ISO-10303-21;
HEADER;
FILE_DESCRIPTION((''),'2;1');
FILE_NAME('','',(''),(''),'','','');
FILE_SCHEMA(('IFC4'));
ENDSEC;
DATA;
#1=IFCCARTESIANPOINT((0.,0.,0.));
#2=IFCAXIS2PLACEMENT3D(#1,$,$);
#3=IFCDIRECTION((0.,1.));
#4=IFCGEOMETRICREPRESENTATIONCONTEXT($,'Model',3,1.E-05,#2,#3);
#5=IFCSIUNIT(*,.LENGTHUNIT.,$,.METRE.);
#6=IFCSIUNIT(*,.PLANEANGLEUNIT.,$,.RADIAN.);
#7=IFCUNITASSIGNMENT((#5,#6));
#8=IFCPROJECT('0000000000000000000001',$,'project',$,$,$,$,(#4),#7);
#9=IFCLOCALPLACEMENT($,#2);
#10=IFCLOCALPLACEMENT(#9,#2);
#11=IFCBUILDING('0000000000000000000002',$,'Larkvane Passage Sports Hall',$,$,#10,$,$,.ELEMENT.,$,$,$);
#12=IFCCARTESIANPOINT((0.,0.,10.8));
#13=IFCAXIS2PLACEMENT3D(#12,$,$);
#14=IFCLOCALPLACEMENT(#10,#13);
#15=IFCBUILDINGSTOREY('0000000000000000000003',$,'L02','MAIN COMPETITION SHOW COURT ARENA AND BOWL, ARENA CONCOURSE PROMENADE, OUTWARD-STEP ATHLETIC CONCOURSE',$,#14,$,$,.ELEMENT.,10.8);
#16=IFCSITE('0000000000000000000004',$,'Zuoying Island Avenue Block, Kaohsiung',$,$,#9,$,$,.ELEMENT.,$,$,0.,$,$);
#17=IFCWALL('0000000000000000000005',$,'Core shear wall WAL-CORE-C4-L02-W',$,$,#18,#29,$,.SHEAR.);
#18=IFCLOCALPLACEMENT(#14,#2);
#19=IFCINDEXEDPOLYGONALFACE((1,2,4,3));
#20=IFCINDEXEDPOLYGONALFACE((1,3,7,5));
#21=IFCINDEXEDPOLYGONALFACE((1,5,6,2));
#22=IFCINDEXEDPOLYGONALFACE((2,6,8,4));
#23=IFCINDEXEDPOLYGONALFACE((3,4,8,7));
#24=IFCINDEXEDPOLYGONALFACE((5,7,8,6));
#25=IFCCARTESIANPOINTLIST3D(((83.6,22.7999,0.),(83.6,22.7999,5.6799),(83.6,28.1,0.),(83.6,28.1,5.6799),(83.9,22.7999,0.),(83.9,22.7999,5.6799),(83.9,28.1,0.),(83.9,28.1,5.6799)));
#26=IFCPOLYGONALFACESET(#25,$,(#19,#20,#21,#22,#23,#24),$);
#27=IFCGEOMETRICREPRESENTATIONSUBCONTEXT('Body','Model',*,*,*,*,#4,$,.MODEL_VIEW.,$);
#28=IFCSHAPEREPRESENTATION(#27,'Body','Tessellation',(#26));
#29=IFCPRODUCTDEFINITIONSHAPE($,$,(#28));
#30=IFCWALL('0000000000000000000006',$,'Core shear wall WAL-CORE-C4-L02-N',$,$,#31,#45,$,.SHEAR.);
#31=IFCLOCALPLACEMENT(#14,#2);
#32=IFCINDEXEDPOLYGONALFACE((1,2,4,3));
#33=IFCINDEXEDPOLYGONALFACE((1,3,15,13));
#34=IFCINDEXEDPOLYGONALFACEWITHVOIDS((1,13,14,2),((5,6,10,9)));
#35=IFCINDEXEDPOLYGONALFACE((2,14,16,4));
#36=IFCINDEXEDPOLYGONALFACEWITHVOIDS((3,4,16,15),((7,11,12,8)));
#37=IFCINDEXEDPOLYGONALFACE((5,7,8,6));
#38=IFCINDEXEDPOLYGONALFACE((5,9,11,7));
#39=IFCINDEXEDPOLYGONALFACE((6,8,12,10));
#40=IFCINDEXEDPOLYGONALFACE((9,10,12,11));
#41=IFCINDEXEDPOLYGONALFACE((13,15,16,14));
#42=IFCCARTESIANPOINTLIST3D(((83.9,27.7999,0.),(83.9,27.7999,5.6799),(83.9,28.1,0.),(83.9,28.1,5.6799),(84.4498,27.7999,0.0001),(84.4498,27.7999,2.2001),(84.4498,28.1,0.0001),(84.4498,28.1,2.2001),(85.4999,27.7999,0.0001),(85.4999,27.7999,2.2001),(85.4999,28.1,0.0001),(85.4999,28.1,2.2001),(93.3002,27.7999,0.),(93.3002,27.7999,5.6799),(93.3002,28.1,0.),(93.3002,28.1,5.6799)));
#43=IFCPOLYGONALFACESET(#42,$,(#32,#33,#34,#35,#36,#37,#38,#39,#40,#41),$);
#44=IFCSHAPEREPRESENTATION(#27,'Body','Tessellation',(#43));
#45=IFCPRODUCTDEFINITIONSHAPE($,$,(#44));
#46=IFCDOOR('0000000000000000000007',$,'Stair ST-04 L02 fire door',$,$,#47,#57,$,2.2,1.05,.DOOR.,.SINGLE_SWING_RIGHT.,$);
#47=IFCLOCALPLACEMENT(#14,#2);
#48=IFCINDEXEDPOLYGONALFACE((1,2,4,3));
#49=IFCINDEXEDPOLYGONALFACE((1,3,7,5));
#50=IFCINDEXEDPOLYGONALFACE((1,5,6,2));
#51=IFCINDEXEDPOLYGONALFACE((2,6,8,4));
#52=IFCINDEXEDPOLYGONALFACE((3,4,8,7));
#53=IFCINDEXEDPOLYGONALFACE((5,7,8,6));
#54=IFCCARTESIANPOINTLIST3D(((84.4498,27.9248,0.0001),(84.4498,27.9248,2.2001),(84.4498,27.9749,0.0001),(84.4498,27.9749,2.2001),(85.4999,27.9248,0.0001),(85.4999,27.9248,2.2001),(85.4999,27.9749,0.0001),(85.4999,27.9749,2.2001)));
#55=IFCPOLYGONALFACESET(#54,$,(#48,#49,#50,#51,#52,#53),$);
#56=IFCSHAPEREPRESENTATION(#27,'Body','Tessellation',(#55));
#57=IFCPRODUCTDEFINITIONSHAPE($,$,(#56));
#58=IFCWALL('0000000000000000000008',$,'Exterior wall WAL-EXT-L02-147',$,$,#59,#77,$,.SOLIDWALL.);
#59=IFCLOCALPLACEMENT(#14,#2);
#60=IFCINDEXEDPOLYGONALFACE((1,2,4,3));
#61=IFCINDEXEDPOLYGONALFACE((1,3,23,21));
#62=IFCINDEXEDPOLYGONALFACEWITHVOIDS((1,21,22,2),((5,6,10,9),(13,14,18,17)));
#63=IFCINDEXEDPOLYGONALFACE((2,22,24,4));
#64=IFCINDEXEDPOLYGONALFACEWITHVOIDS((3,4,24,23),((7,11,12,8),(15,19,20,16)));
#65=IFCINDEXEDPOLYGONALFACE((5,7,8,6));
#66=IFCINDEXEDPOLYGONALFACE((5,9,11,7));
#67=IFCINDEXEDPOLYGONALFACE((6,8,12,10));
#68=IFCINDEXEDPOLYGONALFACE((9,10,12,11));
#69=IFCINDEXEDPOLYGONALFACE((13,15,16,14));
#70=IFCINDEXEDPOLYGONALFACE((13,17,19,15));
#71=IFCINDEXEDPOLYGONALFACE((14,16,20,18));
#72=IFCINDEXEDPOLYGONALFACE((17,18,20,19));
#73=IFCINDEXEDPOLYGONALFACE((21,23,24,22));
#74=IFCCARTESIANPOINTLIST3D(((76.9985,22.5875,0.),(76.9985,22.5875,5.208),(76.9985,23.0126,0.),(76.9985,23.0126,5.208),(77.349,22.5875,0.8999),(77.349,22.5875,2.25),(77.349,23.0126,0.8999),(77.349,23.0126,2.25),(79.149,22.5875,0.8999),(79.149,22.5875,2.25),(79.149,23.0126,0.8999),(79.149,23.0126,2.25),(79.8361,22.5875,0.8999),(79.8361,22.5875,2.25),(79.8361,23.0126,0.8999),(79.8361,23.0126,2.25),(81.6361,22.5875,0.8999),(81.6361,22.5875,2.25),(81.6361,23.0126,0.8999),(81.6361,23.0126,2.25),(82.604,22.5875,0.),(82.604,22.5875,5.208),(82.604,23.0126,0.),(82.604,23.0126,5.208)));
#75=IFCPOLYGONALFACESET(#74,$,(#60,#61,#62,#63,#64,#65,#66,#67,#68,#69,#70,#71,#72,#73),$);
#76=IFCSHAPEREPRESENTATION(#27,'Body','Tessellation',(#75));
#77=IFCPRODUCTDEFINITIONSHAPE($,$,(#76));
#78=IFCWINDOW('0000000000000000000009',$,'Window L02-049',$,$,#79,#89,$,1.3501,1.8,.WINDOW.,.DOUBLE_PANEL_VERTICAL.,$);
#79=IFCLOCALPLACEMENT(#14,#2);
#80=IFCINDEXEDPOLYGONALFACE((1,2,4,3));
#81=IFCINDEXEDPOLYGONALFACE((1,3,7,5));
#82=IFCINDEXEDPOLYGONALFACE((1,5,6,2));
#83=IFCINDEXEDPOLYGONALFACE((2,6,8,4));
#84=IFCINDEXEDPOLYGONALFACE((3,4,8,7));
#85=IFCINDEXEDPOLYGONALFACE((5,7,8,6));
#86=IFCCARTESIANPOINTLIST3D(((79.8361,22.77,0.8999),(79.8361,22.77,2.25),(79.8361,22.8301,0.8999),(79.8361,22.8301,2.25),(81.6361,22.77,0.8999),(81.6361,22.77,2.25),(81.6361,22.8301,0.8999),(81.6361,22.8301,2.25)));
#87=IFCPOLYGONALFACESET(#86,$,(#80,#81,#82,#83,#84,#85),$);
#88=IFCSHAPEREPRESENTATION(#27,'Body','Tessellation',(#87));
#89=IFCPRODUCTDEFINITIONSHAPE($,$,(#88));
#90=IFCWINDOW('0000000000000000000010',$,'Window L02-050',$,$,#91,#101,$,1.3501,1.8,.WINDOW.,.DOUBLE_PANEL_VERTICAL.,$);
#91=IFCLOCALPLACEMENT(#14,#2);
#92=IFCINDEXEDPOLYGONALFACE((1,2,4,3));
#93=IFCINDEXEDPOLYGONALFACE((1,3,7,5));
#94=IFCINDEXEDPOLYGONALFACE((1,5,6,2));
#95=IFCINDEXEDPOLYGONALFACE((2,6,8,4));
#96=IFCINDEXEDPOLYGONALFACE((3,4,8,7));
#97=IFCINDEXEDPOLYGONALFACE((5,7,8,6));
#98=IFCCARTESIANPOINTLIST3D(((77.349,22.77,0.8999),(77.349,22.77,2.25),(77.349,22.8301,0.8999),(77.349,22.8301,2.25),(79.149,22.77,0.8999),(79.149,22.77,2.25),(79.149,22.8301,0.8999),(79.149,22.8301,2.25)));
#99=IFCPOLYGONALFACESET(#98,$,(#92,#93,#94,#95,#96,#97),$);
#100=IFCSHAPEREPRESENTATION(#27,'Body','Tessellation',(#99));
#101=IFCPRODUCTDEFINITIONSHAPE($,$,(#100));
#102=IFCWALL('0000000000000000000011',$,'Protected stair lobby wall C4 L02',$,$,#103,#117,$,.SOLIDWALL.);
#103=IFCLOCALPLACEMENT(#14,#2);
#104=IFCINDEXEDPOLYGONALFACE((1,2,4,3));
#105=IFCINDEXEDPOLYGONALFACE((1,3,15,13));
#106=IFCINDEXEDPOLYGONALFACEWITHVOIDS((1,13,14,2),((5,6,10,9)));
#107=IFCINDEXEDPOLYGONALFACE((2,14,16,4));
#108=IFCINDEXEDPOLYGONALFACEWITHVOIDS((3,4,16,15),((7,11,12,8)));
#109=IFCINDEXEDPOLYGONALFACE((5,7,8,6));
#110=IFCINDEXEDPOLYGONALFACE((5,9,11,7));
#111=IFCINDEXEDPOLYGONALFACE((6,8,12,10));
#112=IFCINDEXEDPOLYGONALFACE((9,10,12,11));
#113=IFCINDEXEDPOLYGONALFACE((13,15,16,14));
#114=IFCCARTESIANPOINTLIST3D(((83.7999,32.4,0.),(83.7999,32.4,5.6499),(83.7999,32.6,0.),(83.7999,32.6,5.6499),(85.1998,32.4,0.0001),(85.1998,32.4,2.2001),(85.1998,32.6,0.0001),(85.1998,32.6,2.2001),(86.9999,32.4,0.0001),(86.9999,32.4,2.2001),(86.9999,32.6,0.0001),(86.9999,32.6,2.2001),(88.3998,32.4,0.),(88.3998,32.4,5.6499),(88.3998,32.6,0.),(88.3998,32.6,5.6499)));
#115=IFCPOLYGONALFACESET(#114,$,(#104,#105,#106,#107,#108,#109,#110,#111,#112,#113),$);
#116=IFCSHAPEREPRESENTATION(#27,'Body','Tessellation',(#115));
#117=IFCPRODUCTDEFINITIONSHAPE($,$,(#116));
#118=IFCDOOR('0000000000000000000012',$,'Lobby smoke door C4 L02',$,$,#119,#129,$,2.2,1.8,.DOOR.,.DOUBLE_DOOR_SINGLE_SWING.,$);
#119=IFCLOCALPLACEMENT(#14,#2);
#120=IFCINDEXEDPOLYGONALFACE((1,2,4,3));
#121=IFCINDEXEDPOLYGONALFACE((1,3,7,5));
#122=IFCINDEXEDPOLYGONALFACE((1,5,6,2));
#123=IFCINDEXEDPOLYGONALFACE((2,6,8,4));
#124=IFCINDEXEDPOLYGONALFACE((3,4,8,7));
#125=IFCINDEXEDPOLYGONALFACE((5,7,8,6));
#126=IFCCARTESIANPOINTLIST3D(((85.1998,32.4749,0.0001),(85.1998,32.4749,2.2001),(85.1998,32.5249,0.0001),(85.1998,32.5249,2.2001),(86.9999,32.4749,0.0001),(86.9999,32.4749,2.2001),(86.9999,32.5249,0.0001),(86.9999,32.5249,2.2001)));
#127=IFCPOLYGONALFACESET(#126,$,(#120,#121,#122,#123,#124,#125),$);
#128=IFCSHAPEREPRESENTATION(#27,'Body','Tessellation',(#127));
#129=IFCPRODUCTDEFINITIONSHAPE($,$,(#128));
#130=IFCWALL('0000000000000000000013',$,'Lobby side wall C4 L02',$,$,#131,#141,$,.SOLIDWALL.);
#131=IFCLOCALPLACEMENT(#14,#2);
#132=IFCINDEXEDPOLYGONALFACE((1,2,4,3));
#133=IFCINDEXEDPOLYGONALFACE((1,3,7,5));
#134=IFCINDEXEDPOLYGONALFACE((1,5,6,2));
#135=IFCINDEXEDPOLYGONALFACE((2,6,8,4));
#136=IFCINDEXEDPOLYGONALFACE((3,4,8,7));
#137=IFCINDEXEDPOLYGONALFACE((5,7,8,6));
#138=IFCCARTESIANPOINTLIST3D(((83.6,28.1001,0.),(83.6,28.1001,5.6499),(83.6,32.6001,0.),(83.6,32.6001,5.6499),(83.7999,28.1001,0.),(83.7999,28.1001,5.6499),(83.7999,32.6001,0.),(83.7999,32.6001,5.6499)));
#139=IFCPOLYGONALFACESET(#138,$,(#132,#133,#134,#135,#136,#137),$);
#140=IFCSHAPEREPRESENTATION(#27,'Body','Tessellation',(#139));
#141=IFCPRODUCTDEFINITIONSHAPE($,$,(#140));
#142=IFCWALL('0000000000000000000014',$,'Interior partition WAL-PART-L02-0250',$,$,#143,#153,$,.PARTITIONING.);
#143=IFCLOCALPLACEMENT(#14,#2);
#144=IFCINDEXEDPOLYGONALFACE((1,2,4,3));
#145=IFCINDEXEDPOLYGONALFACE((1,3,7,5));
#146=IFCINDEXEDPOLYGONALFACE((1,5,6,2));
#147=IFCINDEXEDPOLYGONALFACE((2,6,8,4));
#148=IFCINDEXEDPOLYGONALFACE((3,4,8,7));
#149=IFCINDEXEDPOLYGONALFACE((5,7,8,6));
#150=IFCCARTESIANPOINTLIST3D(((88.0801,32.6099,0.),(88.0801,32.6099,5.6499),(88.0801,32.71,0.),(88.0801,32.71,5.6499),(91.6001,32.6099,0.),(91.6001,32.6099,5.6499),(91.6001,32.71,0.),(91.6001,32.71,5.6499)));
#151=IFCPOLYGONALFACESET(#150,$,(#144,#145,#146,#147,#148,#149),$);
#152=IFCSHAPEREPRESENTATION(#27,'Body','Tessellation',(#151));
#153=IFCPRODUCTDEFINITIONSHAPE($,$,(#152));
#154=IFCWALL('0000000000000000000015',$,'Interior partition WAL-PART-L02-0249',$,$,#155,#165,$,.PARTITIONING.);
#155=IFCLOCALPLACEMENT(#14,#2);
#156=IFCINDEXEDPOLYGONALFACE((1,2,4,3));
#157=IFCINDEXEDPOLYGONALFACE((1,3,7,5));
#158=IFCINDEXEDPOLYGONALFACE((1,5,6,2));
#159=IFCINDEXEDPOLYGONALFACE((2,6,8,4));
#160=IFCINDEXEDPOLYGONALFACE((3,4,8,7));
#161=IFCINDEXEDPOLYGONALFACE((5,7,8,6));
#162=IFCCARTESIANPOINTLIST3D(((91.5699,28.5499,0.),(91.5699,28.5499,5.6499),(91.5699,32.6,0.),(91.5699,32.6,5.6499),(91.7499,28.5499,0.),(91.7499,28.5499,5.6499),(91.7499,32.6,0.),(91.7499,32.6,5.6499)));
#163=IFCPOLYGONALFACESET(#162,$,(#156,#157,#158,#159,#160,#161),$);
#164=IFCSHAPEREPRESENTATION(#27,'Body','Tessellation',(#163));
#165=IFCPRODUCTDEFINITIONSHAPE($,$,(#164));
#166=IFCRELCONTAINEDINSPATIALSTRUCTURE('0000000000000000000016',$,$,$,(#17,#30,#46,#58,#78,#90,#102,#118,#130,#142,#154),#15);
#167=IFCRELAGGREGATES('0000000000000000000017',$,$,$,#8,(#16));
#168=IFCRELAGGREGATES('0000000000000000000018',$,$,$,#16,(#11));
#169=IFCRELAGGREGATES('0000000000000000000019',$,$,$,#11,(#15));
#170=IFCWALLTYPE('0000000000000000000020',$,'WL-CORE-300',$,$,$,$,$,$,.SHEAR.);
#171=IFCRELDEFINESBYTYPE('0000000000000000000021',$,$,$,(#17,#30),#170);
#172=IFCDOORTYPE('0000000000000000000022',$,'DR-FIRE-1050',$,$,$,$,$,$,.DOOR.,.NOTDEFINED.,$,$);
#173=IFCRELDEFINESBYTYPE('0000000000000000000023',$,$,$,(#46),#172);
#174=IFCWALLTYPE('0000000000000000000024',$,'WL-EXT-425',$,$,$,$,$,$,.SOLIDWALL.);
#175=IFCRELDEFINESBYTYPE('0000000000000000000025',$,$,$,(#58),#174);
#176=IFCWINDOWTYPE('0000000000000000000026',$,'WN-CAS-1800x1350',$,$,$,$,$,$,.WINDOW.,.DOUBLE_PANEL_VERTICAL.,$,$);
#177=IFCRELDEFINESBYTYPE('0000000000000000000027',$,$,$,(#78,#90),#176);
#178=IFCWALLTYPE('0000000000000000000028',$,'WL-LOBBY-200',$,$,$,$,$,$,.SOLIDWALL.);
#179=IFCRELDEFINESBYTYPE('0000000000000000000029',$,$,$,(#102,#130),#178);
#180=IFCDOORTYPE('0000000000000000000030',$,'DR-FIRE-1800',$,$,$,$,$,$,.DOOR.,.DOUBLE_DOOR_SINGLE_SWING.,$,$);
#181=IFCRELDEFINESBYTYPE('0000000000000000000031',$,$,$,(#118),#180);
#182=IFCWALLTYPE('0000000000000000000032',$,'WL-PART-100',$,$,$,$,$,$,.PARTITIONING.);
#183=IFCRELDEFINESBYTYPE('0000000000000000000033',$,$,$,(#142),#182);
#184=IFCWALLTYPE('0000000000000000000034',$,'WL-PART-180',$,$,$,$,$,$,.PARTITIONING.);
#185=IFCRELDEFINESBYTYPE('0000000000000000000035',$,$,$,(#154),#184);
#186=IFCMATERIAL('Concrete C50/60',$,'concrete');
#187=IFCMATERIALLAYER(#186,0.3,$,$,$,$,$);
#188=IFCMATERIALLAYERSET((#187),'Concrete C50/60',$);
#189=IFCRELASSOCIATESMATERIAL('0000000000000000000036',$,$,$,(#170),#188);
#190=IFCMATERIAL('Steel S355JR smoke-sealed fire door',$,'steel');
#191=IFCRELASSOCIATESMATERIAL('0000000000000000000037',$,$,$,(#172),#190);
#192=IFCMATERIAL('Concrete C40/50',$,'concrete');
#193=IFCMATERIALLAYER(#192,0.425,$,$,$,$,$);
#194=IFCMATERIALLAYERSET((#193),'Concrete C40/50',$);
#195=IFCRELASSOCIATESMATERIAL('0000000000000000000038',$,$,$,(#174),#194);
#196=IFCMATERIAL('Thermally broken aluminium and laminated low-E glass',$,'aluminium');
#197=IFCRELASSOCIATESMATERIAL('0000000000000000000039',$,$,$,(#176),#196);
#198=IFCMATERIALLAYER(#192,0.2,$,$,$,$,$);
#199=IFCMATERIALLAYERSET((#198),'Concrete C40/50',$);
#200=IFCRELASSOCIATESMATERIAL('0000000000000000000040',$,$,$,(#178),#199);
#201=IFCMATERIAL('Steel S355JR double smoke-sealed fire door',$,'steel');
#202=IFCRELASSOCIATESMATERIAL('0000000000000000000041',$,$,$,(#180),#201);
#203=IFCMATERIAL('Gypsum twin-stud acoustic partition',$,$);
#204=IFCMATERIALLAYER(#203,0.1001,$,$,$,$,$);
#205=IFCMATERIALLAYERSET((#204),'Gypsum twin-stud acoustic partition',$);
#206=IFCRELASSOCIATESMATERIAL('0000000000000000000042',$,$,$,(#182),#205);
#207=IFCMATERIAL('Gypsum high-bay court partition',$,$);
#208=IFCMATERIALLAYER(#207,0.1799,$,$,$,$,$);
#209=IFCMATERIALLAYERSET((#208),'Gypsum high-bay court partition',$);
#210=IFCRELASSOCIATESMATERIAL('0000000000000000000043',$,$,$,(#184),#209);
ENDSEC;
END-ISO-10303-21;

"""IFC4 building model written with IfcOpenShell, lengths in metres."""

from ifc_helpers import new_model, si_unit, direction, frame, frame_2d, origin, place, context, subcontext, project, spatial, rectangle, extrude, material, layer, layer_set, type_object, element, fill, save


model = new_model("IFC4")

# Units and contexts
model_context = context("Model", 3, precision=1e-05, world=origin(), true_north=direction((0.0, 1.0)))
body_context = subcontext(model_context, "Body", "Model", "MODEL_VIEW")
ifc_project = project(units=[si_unit("LENGTHUNIT", "METRE"), si_unit("PLANEANGLEUNIT", "RADIAN")], contexts=[model_context])

# Site, building, storey
site_placement = place(None, origin())
site = spatial("IfcSite", under=ifc_project, at=site_placement, Name="Zuoying Island Avenue Block, Kaohsiung", CompositionType="ELEMENT", RefElevation=0.0)
building_placement = place(site_placement, origin())
building = spatial("IfcBuilding", under=site, at=building_placement, Name="Larkvane Passage Sports Hall", CompositionType="ELEMENT")
storey_placement = place(building_placement, frame((0.0, 0.0, 10.8)))
storey = spatial("IfcBuildingStorey", under=building, at=storey_placement, Name="L02", Description="MAIN COMPETITION SHOW COURT ARENA AND BOWL, ARENA CONCOURSE PROMENADE, OUTWARD-STEP ATHLETIC CONCOURSE", CompositionType="ELEMENT", Elevation=10.8)

# Shared definitions
ifc_material_1 = material(Name="Concrete C50/60", Category="concrete")

# Wall
ifc_layer_1 = layer(ifc_material_1, 0.3)
ifc_layer_set_1 = layer_set([ifc_layer_1], Name="Concrete C50/60")
wall_type_1 = type_object("IfcWallType", Name="WL-CORE-300", PredefinedType="SHEAR", material=ifc_layer_set_1)
wall_1_placement = place(storey_placement, frame((83.75, 22.8, 0.0), z_axis=(0.0, 0.0, 1.0), x_axis=(0.0, 1.0, 0.0)))
element("IfcWall", 1, at=wall_1_placement, inside=storey, type_object=wall_type_1, Name="Core shear wall WAL-CORE-C4-L02-W", PredefinedType="SHEAR", context=body_context, shape_type="SweptSolid", body=[
    extrude(rectangle(XDim=5.3, YDim=0.3, at=frame_2d((2.6499, 0.0))), origin(), (0.0, 0.0, 1.0), 5.6799),
])

# Wall, opening, door
wall_2_placement = place(storey_placement, frame((83.8999, 27.95, 0.0), z_axis=(0.0, 0.0, 1.0), x_axis=(1.0, 0.0, 0.0)))
wall_2 = element("IfcWall", 2, at=wall_2_placement, inside=storey, type_object=wall_type_1, Name="Core shear wall WAL-CORE-C4-L02-N", PredefinedType="SHEAR", context=body_context, shape_type="SweptSolid", body=[
    extrude(rectangle(XDim=9.4001, YDim=0.3, at=frame_2d((4.7002, 0.0))), origin(), (0.0, 0.0, 1.0), 5.6799),
])
opening_1_placement = place(wall_2_placement, frame((0.55, 0.0, 0.0)))
opening_1 = element("IfcOpeningElement", 3, at=opening_1_placement, cuts=wall_2, PredefinedType="OPENING", context=body_context, shape_type="SweptSolid", body=[
    extrude(rectangle(XDim=1.05, YDim=2.2, at=frame_2d((0.5249, 1.1001))), frame((0.0, 0.1599, 0.0), z_axis=(0.0, -1.0, 0.0), x_axis=(1.0, 0.0, 0.0)), (0.0, 0.0, 1.0), 0.3201),
])
ifc_material_2 = material(Name="Steel S355JR smoke-sealed fire door", Category="steel")
door_type_1 = type_object("IfcDoorType", Name="DR-FIRE-1050", OperationType="NOTDEFINED", PredefinedType="DOOR", material=ifc_material_2)
door_1_placement = place(opening_1_placement, origin())
door_1 = element("IfcDoor", 4, at=door_1_placement, inside=storey, type_object=door_type_1, Name="Stair ST-04 L02 fire door", OperationType="SINGLE_SWING_RIGHT", OverallHeight=2.2, OverallWidth=1.05, PredefinedType="DOOR", context=body_context, shape_type="SweptSolid", body=[
    extrude(rectangle(XDim=1.05, YDim=2.2, at=frame_2d((0.5249, 1.1001))), frame((0.0, 0.0249, 0.0), z_axis=(0.0, -1.0, 0.0), x_axis=(1.0, 0.0, 0.0)), (0.0, 0.0, 1.0), 0.05),
])
fill(opening_1, door_1)

# Wall, openings, windows
ifc_material_3 = material(Name="Concrete C40/50", Category="concrete")
ifc_layer_2 = layer(ifc_material_3, 0.425)
ifc_layer_set_2 = layer_set([ifc_layer_2], Name="Concrete C40/50")
wall_type_2 = type_object("IfcWallType", Name="WL-EXT-425", PredefinedType="SOLIDWALL", material=ifc_layer_set_2)
wall_3_placement = place(storey_placement, frame((82.604, 22.8, 0.0), z_axis=(0.0, 0.0, 1.0), x_axis=(-1.0, 0.0, 0.0)))
wall_3 = element("IfcWall", 5, at=wall_3_placement, inside=storey, type_object=wall_type_2, Name="Exterior wall WAL-EXT-L02-147", PredefinedType="SOLIDWALL", context=body_context, shape_type="SweptSolid", body=[
    extrude(rectangle(XDim=5.6055, YDim=0.425, at=frame_2d((2.8027, 0.0))), origin(), (0.0, 0.0, 1.0), 5.208),
])
opening_2_placement = place(wall_3_placement, frame((0.968, 0.0, 0.8999)))
opening_2 = element("IfcOpeningElement", 6, at=opening_2_placement, cuts=wall_3, PredefinedType="OPENING", context=body_context, shape_type="SweptSolid", body=[
    extrude(rectangle(XDim=1.8, YDim=1.3501, at=frame_2d((0.8999, 0.675))), frame((0.0, 0.2224, 0.0), z_axis=(0.0, -1.0, 0.0), x_axis=(1.0, 0.0, 0.0)), (0.0, 0.0, 1.0), 0.4451),
])
opening_3_placement = place(wall_3_placement, frame((3.4551, 0.0, 0.8999)))
opening_3 = element("IfcOpeningElement", 7, at=opening_3_placement, cuts=wall_3, PredefinedType="OPENING", context=body_context, shape_type="SweptSolid", body=[
    extrude(rectangle(XDim=1.8, YDim=1.3501, at=frame_2d((0.8999, 0.675))), frame((0.0, 0.2224, 0.0), z_axis=(0.0, -1.0, 0.0), x_axis=(1.0, 0.0, 0.0)), (0.0, 0.0, 1.0), 0.4451),
])
ifc_material_4 = material(Name="Thermally broken aluminium and laminated low-E glass", Category="aluminium")
window_type = type_object("IfcWindowType", Name="WN-CAS-1800x1350", PartitioningType="DOUBLE_PANEL_VERTICAL", PredefinedType="WINDOW", material=ifc_material_4)
window_1_placement = place(opening_2_placement, origin())
window_1 = element("IfcWindow", 8, at=window_1_placement, inside=storey, type_object=window_type, Name="Window L02-049", OverallHeight=1.3501, OverallWidth=1.8, PartitioningType="DOUBLE_PANEL_VERTICAL", PredefinedType="WINDOW", context=body_context, shape_type="SweptSolid", body=[
    extrude(rectangle(XDim=1.8, YDim=1.3501, at=frame_2d((0.8999, 0.675))), frame((0.0, 0.03, 0.0), z_axis=(0.0, -1.0, 0.0), x_axis=(1.0, 0.0, 0.0)), (0.0, 0.0, 1.0), 0.0601),
])
fill(opening_2, window_1)
window_2_placement = place(opening_3_placement, origin())
window_2 = element("IfcWindow", 9, at=window_2_placement, inside=storey, type_object=window_type, Name="Window L02-050", OverallHeight=1.3501, OverallWidth=1.8, PartitioningType="DOUBLE_PANEL_VERTICAL", PredefinedType="WINDOW", context=body_context, shape_type="SweptSolid", body=[
    extrude(rectangle(XDim=1.8, YDim=1.3501, at=frame_2d((0.8999, 0.675))), frame((0.0, 0.03, 0.0), z_axis=(0.0, -1.0, 0.0), x_axis=(1.0, 0.0, 0.0)), (0.0, 0.0, 1.0), 0.0601),
])
fill(opening_3, window_2)

# Wall, opening, door
ifc_layer_3 = layer(ifc_material_3, 0.2)
ifc_layer_set_3 = layer_set([ifc_layer_3], Name="Concrete C40/50")
wall_type_3 = type_object("IfcWallType", Name="WL-LOBBY-200", PredefinedType="SOLIDWALL", material=ifc_layer_set_3)
wall_4_placement = place(storey_placement, frame((83.8, 32.5, 0.0), z_axis=(0.0, 0.0, 1.0), x_axis=(1.0, 0.0, 0.0)))
wall_4 = element("IfcWall", 10, at=wall_4_placement, inside=storey, type_object=wall_type_3, Name="Protected stair lobby wall C4 L02", PredefinedType="SOLIDWALL", context=body_context, shape_type="SweptSolid", body=[
    extrude(rectangle(XDim=4.5999, YDim=0.2, at=frame_2d((2.2998, 0.0))), origin(), (0.0, 0.0, 1.0), 5.6499),
])
opening_4_placement = place(wall_4_placement, frame((1.3999, 0.0, 0.0)))
opening_4 = element("IfcOpeningElement", 11, at=opening_4_placement, cuts=wall_4, PredefinedType="OPENING", context=body_context, shape_type="SweptSolid", body=[
    extrude(rectangle(XDim=1.8, YDim=2.2, at=frame_2d((0.8999, 1.1001))), frame((0.0, 0.1099, 0.0), z_axis=(0.0, -1.0, 0.0), x_axis=(1.0, 0.0, 0.0)), (0.0, 0.0, 1.0), 0.22),
])
ifc_material_5 = material(Name="Steel S355JR double smoke-sealed fire door", Category="steel")
door_type_2 = type_object("IfcDoorType", Name="DR-FIRE-1800", OperationType="DOUBLE_DOOR_SINGLE_SWING", PredefinedType="DOOR", material=ifc_material_5)
door_2_placement = place(opening_4_placement, origin())
door_2 = element("IfcDoor", 12, at=door_2_placement, inside=storey, type_object=door_type_2, Name="Lobby smoke door C4 L02", OperationType="DOUBLE_DOOR_SINGLE_SWING", OverallHeight=2.2, OverallWidth=1.8, PredefinedType="DOOR", context=body_context, shape_type="SweptSolid", body=[
    extrude(rectangle(XDim=1.8, YDim=2.2, at=frame_2d((0.8999, 1.1001))), frame((0.0, 0.0249, 0.0), z_axis=(0.0, -1.0, 0.0), x_axis=(1.0, 0.0, 0.0)), (0.0, 0.0, 1.0), 0.05),
])
fill(opening_4, door_2)

# Walls
wall_5_placement = place(storey_placement, frame((83.7, 28.1001, 0.0), z_axis=(0.0, 0.0, 1.0), x_axis=(0.0, 1.0, 0.0)))
element("IfcWall", 13, at=wall_5_placement, inside=storey, type_object=wall_type_3, Name="Lobby side wall C4 L02", PredefinedType="SOLIDWALL", context=body_context, shape_type="SweptSolid", body=[
    extrude(rectangle(XDim=4.5, YDim=0.2, at=frame_2d((2.25, 0.0))), origin(), (0.0, 0.0, 1.0), 5.6499),
])
ifc_material_6 = material(Name="Gypsum twin-stud acoustic partition")
ifc_layer_4 = layer(ifc_material_6, 0.1001)
ifc_layer_set_4 = layer_set([ifc_layer_4], Name="Gypsum twin-stud acoustic partition")
wall_type_4 = type_object("IfcWallType", Name="WL-PART-100", PredefinedType="PARTITIONING", material=ifc_layer_set_4)
wall_6_placement = place(storey_placement, frame((91.6001, 32.6599, 0.0), z_axis=(0.0, 0.0, 1.0), x_axis=(-1.0, 0.0, 0.0)))
element("IfcWall", 14, at=wall_6_placement, inside=storey, type_object=wall_type_4, Name="Interior partition WAL-PART-L02-0250", PredefinedType="PARTITIONING", context=body_context, shape_type="SweptSolid", body=[
    extrude(rectangle(XDim=3.52, YDim=0.1001, at=frame_2d((1.76, 0.0))), origin(), (0.0, 0.0, 1.0), 5.6499),
])
ifc_material_7 = material(Name="Gypsum high-bay court partition")
ifc_layer_5 = layer(ifc_material_7, 0.1799)
ifc_layer_set_5 = layer_set([ifc_layer_5], Name="Gypsum high-bay court partition")
wall_type_5 = type_object("IfcWallType", Name="WL-PART-180", PredefinedType="PARTITIONING", material=ifc_layer_set_5)
wall_7_placement = place(storey_placement, frame((91.6599, 28.55, 0.0), z_axis=(0.0, 0.0, 1.0), x_axis=(0.0, 1.0, 0.0)))
element("IfcWall", 15, at=wall_7_placement, inside=storey, type_object=wall_type_5, Name="Interior partition WAL-PART-L02-0249", PredefinedType="PARTITIONING", context=body_context, shape_type="SweptSolid", body=[
    extrude(rectangle(XDim=4.05, YDim=0.1799, at=frame_2d((2.0249, 0.0))), origin(), (0.0, 0.0, 1.0), 5.6499),
])

save(model, "model.ifc")
